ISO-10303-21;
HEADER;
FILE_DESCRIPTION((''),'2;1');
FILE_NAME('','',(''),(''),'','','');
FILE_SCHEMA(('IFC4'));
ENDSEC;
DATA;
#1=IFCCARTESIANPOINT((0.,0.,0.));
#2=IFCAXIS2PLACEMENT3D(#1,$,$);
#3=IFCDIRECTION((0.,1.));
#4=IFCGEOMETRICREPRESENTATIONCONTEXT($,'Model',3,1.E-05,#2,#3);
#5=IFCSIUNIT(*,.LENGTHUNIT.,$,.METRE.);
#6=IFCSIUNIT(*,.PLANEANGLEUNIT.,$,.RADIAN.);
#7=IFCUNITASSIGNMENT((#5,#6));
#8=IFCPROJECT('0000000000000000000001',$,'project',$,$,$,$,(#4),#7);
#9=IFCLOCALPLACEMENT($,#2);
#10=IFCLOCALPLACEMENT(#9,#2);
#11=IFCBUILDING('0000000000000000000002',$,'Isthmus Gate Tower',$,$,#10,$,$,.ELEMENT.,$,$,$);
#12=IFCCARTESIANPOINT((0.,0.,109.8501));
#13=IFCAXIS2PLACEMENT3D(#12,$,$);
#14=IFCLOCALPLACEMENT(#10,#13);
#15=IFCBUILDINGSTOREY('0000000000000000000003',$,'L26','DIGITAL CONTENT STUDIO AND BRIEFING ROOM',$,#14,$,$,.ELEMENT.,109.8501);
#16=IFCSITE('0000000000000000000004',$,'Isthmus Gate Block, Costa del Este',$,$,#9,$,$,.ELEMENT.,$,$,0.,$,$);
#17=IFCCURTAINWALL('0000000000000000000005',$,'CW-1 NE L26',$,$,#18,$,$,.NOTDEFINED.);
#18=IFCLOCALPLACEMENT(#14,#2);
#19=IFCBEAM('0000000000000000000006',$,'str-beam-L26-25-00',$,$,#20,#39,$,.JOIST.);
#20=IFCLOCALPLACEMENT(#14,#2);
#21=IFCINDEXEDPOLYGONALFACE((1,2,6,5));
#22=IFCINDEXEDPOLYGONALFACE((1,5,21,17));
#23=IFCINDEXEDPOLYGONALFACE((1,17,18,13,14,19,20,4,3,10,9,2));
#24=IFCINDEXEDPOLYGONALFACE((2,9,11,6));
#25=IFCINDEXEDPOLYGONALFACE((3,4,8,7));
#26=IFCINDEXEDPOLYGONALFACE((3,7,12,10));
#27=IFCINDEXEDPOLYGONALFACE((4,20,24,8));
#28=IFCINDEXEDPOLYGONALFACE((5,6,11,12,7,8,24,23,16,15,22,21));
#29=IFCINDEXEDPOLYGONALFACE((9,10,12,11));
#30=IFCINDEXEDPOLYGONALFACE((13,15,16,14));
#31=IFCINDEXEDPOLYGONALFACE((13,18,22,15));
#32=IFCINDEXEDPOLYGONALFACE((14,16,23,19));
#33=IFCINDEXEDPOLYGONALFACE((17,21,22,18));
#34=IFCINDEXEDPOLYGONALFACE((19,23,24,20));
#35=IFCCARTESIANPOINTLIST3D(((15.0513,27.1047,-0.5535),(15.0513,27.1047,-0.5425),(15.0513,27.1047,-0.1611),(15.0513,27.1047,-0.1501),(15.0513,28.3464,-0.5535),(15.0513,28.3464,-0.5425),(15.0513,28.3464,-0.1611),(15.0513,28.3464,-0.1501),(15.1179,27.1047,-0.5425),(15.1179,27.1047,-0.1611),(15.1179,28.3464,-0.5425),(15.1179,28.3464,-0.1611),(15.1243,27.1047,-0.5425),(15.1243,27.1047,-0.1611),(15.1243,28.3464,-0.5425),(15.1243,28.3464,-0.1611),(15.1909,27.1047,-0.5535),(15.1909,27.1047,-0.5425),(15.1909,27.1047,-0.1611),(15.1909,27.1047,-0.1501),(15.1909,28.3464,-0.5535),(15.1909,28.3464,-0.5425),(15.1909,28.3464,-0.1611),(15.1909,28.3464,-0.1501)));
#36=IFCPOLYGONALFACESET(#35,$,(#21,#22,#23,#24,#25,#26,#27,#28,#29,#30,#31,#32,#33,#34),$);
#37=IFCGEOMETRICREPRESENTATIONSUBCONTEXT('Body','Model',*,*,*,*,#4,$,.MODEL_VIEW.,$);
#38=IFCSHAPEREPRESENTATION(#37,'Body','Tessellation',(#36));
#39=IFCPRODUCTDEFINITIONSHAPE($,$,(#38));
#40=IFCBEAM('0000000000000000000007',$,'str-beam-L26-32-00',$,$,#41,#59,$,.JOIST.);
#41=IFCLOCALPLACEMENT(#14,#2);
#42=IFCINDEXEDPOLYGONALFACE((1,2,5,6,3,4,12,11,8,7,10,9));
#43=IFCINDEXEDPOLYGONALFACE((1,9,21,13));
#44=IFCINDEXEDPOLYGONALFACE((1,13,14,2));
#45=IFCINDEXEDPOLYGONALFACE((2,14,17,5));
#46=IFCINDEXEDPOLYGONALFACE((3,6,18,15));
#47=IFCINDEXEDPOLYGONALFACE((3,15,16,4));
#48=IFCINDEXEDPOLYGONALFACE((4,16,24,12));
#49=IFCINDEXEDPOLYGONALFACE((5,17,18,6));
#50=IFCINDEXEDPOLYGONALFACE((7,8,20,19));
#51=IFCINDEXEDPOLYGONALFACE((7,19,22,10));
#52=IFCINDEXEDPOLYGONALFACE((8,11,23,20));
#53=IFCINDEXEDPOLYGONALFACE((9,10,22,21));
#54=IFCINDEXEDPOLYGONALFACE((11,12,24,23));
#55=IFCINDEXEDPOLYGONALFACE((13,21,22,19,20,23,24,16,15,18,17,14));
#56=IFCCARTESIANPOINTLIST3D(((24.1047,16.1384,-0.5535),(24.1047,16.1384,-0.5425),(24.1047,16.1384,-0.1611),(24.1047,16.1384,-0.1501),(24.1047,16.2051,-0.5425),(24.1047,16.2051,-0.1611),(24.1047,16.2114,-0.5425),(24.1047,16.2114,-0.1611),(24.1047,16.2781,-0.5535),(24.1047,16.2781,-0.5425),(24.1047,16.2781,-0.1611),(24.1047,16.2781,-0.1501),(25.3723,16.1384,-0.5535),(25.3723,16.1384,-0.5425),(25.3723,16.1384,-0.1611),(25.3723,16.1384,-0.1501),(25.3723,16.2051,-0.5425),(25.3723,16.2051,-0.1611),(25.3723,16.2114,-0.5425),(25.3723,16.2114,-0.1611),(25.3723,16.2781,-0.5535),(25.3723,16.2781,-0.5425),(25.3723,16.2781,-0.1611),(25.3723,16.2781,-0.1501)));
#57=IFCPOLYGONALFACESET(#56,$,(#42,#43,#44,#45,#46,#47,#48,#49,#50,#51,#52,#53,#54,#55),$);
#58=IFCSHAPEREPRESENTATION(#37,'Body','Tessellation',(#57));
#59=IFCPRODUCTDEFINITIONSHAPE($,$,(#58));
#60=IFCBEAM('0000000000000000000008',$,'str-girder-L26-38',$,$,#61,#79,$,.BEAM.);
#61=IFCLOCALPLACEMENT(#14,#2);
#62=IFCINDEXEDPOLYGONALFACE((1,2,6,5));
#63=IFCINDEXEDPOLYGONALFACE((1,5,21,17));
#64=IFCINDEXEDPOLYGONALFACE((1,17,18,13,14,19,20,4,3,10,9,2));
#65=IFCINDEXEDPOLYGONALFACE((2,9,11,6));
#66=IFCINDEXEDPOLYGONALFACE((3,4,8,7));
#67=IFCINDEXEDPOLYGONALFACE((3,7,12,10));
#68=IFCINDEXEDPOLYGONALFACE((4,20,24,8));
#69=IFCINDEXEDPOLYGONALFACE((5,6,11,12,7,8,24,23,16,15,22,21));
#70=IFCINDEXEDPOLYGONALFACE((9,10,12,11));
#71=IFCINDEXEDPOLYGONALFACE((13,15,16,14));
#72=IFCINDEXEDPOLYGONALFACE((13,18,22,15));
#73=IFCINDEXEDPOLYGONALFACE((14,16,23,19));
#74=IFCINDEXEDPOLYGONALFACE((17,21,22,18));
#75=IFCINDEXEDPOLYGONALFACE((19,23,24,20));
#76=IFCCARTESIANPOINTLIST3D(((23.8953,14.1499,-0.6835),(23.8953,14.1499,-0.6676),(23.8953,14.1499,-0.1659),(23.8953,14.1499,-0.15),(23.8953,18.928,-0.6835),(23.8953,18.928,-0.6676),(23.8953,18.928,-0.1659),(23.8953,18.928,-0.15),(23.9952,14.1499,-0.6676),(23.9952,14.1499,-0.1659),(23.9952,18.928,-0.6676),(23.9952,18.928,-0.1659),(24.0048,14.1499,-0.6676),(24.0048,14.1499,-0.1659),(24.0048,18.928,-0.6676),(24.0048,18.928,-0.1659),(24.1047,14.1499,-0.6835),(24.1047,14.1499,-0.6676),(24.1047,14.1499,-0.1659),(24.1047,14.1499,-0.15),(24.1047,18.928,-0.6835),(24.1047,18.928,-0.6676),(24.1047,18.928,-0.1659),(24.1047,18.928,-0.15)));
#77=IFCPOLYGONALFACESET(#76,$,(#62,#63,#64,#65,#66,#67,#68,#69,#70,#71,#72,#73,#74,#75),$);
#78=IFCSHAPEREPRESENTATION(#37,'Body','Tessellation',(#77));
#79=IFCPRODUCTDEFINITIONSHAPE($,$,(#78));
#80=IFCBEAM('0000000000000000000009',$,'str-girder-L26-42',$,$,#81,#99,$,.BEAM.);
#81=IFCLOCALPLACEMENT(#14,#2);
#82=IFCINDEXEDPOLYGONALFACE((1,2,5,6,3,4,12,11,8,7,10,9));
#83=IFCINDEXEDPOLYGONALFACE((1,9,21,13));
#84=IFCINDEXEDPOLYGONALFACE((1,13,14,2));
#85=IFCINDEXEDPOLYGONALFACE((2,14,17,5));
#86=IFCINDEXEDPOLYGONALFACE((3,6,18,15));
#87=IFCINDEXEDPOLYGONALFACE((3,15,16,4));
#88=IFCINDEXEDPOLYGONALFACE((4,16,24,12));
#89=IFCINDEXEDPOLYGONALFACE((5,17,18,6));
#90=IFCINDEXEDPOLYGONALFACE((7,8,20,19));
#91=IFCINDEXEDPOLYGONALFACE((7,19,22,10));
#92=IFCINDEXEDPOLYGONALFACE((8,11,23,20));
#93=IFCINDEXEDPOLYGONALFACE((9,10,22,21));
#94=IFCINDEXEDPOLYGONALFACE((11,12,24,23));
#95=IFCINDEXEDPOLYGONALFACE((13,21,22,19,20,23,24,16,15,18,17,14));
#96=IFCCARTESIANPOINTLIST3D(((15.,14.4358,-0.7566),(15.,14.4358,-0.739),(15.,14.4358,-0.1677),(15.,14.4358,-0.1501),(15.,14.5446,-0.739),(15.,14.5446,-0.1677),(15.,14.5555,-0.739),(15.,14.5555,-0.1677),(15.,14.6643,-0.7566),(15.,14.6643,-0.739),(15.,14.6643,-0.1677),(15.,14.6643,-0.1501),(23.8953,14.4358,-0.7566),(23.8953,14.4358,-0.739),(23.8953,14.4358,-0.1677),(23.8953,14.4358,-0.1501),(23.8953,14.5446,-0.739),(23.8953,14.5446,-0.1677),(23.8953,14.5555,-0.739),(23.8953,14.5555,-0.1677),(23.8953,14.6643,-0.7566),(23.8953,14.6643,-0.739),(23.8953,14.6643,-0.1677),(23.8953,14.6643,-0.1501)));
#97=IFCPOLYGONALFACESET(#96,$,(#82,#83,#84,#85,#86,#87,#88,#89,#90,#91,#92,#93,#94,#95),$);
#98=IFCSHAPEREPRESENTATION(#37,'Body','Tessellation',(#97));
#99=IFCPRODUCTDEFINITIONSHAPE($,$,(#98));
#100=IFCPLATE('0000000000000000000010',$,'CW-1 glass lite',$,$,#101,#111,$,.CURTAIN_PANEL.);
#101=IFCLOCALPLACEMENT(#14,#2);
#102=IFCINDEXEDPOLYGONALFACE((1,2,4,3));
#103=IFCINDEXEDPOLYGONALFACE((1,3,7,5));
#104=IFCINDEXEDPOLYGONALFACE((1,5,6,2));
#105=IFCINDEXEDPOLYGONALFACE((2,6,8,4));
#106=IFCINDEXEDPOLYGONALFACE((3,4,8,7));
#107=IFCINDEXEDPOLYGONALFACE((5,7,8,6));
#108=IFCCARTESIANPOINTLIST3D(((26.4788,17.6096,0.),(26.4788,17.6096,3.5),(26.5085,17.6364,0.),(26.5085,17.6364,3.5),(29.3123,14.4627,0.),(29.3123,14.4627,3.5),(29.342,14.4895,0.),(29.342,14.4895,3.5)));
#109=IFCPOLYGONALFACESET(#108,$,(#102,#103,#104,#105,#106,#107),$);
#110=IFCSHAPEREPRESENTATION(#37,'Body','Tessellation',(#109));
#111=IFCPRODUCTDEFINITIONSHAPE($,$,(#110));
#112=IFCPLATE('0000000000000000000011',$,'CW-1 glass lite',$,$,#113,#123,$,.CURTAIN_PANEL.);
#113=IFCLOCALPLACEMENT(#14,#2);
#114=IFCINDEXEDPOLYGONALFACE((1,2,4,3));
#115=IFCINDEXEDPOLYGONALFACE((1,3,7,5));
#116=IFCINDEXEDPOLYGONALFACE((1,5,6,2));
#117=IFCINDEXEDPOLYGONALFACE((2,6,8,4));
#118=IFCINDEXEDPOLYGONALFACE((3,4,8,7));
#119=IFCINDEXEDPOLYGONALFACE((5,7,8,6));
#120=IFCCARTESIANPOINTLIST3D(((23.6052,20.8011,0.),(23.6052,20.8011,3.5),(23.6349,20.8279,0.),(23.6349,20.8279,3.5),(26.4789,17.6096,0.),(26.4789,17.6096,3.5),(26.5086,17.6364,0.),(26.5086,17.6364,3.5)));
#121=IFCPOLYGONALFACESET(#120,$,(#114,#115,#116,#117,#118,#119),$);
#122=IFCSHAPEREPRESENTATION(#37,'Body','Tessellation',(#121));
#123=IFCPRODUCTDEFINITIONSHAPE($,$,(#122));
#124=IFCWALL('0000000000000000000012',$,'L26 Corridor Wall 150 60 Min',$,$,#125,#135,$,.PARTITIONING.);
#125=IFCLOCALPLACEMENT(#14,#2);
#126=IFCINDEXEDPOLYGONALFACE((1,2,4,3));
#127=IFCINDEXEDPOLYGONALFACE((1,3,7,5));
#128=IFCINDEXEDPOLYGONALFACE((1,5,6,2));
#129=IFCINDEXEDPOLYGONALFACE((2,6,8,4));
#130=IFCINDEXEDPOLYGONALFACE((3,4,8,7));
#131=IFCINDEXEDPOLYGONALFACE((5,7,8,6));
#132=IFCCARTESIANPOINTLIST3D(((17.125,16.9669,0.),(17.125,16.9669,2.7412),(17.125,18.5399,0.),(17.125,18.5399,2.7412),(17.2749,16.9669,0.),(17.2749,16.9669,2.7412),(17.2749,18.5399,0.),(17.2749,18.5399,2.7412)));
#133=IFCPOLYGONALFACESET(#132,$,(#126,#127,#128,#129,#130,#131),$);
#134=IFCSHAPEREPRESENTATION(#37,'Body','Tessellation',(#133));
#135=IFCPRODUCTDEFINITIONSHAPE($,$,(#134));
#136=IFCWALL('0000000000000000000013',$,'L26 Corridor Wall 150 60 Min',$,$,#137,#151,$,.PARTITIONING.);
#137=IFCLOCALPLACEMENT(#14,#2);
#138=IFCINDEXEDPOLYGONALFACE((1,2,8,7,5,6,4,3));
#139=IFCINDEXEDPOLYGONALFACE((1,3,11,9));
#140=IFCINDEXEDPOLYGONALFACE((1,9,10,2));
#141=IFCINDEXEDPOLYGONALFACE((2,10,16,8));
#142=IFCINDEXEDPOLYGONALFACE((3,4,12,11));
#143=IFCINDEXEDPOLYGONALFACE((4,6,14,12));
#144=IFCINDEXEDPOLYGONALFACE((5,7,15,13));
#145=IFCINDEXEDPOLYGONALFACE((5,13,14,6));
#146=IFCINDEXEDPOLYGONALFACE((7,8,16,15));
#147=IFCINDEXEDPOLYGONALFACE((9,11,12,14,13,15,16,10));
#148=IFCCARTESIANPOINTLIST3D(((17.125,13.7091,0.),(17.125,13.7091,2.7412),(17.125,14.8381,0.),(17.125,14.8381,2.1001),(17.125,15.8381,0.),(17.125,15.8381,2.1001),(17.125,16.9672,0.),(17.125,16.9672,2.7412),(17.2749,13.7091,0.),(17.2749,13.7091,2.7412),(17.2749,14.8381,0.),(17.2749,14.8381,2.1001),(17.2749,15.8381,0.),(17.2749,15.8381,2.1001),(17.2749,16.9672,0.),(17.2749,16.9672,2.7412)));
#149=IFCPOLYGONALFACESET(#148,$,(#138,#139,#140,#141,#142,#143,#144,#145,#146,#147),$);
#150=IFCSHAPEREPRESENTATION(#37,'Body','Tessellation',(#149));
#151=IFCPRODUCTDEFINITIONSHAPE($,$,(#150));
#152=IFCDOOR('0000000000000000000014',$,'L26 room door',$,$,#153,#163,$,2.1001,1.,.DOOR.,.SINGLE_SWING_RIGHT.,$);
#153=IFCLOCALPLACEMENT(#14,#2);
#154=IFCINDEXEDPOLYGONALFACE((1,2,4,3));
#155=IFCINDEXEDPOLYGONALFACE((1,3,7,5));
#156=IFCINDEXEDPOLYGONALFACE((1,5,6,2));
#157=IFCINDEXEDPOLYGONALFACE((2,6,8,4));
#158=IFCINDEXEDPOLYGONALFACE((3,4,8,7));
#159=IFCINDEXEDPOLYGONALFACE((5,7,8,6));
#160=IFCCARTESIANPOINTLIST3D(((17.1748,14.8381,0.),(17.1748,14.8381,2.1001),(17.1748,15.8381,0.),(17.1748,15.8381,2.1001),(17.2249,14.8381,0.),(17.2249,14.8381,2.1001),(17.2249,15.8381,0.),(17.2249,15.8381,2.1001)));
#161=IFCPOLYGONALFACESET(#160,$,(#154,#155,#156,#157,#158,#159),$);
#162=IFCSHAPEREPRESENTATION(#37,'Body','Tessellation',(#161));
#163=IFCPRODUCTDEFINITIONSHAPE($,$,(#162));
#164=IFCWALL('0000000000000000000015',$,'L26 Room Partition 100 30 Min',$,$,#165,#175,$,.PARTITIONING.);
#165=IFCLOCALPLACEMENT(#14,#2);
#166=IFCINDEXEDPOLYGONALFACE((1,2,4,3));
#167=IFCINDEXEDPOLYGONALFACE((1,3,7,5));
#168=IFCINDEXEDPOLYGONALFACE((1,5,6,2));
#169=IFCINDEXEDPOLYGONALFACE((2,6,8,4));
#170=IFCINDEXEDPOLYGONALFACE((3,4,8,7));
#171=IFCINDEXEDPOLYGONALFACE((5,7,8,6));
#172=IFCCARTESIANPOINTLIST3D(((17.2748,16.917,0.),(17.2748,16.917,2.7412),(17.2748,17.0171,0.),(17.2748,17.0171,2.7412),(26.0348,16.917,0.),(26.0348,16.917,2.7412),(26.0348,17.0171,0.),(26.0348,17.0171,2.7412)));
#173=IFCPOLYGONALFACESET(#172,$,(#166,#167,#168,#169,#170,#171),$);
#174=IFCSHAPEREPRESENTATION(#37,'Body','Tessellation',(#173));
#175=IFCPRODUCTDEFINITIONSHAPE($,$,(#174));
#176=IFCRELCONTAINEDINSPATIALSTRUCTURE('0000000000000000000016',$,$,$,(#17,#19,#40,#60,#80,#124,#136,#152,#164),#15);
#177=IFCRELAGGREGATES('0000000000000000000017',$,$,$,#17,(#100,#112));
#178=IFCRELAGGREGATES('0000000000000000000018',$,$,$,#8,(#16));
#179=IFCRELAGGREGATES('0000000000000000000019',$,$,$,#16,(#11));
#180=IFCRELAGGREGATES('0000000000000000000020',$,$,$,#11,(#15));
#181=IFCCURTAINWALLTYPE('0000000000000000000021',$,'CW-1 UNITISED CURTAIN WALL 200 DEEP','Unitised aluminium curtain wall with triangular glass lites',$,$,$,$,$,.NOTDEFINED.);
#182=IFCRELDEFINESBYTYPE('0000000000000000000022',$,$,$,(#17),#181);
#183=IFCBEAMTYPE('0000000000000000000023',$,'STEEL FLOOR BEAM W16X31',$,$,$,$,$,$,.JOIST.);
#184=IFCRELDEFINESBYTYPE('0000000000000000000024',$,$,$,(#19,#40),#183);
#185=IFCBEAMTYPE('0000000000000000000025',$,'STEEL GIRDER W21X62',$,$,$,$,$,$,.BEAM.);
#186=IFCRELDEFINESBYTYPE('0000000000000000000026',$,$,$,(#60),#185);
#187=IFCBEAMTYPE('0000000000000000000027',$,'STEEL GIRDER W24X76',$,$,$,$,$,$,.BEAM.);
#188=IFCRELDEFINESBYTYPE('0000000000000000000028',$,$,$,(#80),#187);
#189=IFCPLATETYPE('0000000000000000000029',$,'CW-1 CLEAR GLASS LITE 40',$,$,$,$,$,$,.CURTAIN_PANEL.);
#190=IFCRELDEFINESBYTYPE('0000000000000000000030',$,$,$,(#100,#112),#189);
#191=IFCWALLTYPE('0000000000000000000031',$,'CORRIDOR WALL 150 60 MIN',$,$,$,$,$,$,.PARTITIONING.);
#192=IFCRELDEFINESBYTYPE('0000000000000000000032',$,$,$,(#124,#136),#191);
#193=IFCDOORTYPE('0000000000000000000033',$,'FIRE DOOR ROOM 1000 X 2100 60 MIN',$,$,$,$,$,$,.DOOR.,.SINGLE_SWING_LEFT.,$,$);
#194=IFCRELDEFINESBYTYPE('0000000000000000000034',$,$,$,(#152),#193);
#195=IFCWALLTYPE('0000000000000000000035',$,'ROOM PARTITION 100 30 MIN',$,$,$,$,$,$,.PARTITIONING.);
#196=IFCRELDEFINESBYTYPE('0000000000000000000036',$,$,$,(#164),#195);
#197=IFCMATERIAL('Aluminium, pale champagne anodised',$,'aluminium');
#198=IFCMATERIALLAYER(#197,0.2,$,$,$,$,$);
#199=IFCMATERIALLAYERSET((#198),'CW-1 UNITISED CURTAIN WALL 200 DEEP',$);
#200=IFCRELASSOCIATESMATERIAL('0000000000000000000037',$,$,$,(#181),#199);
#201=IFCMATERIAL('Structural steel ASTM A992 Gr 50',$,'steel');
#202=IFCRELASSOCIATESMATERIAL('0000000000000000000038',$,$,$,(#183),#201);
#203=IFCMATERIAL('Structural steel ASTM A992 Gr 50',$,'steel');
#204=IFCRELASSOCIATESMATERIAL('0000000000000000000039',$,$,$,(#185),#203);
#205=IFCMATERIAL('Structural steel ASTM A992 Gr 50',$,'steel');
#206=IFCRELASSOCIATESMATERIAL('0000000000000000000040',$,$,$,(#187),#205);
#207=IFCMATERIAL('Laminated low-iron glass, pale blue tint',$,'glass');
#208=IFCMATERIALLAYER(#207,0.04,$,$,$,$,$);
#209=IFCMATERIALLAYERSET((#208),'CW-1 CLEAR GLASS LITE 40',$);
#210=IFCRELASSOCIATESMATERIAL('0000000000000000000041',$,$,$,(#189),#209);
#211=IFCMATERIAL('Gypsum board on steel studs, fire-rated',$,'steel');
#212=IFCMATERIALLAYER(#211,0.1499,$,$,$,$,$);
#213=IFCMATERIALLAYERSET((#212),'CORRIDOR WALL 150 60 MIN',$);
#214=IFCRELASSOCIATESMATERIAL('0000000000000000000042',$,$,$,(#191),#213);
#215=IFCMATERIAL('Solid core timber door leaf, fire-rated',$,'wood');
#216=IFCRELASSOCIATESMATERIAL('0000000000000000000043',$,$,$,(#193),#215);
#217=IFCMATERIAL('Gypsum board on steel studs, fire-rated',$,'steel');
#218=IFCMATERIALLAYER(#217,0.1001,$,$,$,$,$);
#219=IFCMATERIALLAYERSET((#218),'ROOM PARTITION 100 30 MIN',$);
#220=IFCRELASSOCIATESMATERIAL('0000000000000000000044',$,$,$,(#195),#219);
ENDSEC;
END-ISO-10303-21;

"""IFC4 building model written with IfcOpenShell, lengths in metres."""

from ifc_helpers import new_model, si_unit, direction, frame, frame_2d, origin, origin_2d, place, context, subcontext, project, spatial, rectangle, i_section, extrude, material, layer, layer_set, material_profile, profile_set, type_object, element, fill, aggregate, save


model = new_model("IFC4")

# Units and contexts
model_context = context("Model", 3, precision=1e-05, world=origin(), true_north=direction((0.0, 1.0)))
body_context = subcontext(model_context, "Body", "Model", "MODEL_VIEW")
ifc_project = project(units=[si_unit("LENGTHUNIT", "METRE"), si_unit("PLANEANGLEUNIT", "RADIAN")], contexts=[model_context])

# Site, building, storey
site_placement = place(None, origin())
site = spatial("IfcSite", under=ifc_project, at=site_placement, Name="Isthmus Gate Block, Costa del Este", CompositionType="ELEMENT", RefElevation=0.0)
building_placement = place(site_placement, origin())
building = spatial("IfcBuilding", under=site, at=building_placement, Name="Isthmus Gate Tower", CompositionType="ELEMENT")
storey_placement = place(building_placement, frame((0.0, 0.0, 109.8501)))
storey = spatial("IfcBuildingStorey", under=building, at=storey_placement, Name="L26", Description="DIGITAL CONTENT STUDIO AND BRIEFING ROOM", CompositionType="ELEMENT", Elevation=109.8501)

# Curtain wall
ifc_material_1 = material(Name="Aluminium, pale champagne anodised", Category="aluminium")
ifc_layer_1 = layer(ifc_material_1, 0.2)
ifc_layer_set_1 = layer_set([ifc_layer_1], Name="CW-1 UNITISED CURTAIN WALL 200 DEEP")
curtain_wall_type = type_object("IfcCurtainWallType", Name="CW-1 UNITISED CURTAIN WALL 200 DEEP", Description="Unitised aluminium curtain wall with triangular glass lites", PredefinedType="NOTDEFINED", material=ifc_layer_set_1)
curtain_wall_1_placement = place(storey_placement, origin())
curtain_wall_1 = element("IfcCurtainWall", 1, at=curtain_wall_1_placement, inside=storey, type_object=curtain_wall_type, Name="CW-1 NE L26", PredefinedType="NOTDEFINED")

# Beams
ifc_material_2 = material(Name="Structural steel ASTM A992 Gr 50", Category="steel")
ifc_material_profile_1 = material_profile(ifc_material_2, i_section(OverallWidth=0.1396, OverallDepth=0.4033, WebThickness=0.0063, FlangeThickness=0.011, at=origin_2d()), Name="W16X31")
ifc_profile_set_1 = profile_set([ifc_material_profile_1], Name="Structural steel ASTM A992 Gr 50")
beam_type_1 = type_object("IfcBeamType", Name="STEEL FLOOR BEAM W16X31", PredefinedType="JOIST", material=ifc_profile_set_1)
beam_1_placement = place(storey_placement, frame((15.1211, 27.1047, -0.3518), z_axis=(0.0, 1.0, 0.0), x_axis=(-1.0, 0.0, 0.0)))
element("IfcBeam", 2, at=beam_1_placement, inside=storey, type_object=beam_type_1, Name="str-beam-L26-25-00", PredefinedType="JOIST", context=body_context, shape_type="SweptSolid", body=[
    extrude(i_section(OverallWidth=0.1396, OverallDepth=0.4033, WebThickness=0.0063, FlangeThickness=0.011, at=origin_2d()), origin(), (0.0, 0.0, 1.0), 1.2417),
])
beam_2_placement = place(storey_placement, frame((24.1047, 16.2083, -0.3518), z_axis=(1.0, 0.0, 0.0), x_axis=(0.0, 1.0, 0.0)))
element("IfcBeam", 3, at=beam_2_placement, inside=storey, type_object=beam_type_1, Name="str-beam-L26-32-00", PredefinedType="JOIST", context=body_context, shape_type="SweptSolid", body=[
    extrude(i_section(OverallWidth=0.1396, OverallDepth=0.4033, WebThickness=0.0063, FlangeThickness=0.011, at=origin_2d()), origin(), (0.0, 0.0, 1.0), 1.2676),
])
ifc_material_3 = material(Name="Structural steel ASTM A992 Gr 50", Category="steel")
ifc_material_profile_2 = material_profile(ifc_material_3, i_section(OverallWidth=0.2095, OverallDepth=0.5334, WebThickness=0.0095, FlangeThickness=0.0159, at=origin_2d()), Name="W21X62")
ifc_profile_set_2 = profile_set([ifc_material_profile_2], Name="Structural steel ASTM A992 Gr 50")
beam_type_2 = type_object("IfcBeamType", Name="STEEL GIRDER W21X62", PredefinedType="BEAM", material=ifc_profile_set_2)
beam_3_placement = place(storey_placement, frame((24.0, 14.1499, -0.4167), z_axis=(0.0, 1.0, 0.0), x_axis=(-1.0, 0.0, 0.0)))
element("IfcBeam", 4, at=beam_3_placement, inside=storey, type_object=beam_type_2, Name="str-girder-L26-38", PredefinedType="BEAM", context=body_context, shape_type="SweptSolid", body=[
    extrude(i_section(OverallWidth=0.2095, OverallDepth=0.5334, WebThickness=0.0095, FlangeThickness=0.0159, at=origin_2d()), origin(), (0.0, 0.0, 1.0), 4.7781),
])
ifc_material_4 = material(Name="Structural steel ASTM A992 Gr 50", Category="steel")
ifc_material_profile_3 = material_profile(ifc_material_4, i_section(OverallWidth=0.2285, OverallDepth=0.6064, WebThickness=0.011, FlangeThickness=0.0176, at=origin_2d()), Name="W24X76")
ifc_profile_set_3 = profile_set([ifc_material_profile_3], Name="Structural steel ASTM A992 Gr 50")
beam_type_3 = type_object("IfcBeamType", Name="STEEL GIRDER W24X76", PredefinedType="BEAM", material=ifc_profile_set_3)
beam_4_placement = place(storey_placement, frame((15.0, 14.55, -0.4534), z_axis=(1.0, 0.0, 0.0), x_axis=(0.0, 1.0, 0.0)))
element("IfcBeam", 5, at=beam_4_placement, inside=storey, type_object=beam_type_3, Name="str-girder-L26-42", PredefinedType="BEAM", context=body_context, shape_type="SweptSolid", body=[
    extrude(i_section(OverallWidth=0.2285, OverallDepth=0.6064, WebThickness=0.011, FlangeThickness=0.0176, at=origin_2d()), origin(), (0.0, 0.0, 1.0), 8.8953),
])

# Plates
ifc_material_5 = material(Name="Laminated low-iron glass, pale blue tint", Category="glass")
ifc_layer_2 = layer(ifc_material_5, 0.04)
ifc_layer_set_2 = layer_set([ifc_layer_2], Name="CW-1 CLEAR GLASS LITE 40")
plate_type = type_object("IfcPlateType", Name="CW-1 CLEAR GLASS LITE 40", PredefinedType="CURTAIN_PANEL", material=ifc_layer_set_2)
plate_1_placement = place(storey_placement, frame((27.9104, 16.0496, 0.0), z_axis=(0.0, 0.0, 1.0), x_axis=(-0.669131, 0.743145, 0.0)))
plate_1 = element("IfcPlate", 6, at=plate_1_placement, type_object=plate_type, Name="CW-1 glass lite", PredefinedType="CURTAIN_PANEL", context=body_context, shape_type="SweptSolid", body=[
    extrude(rectangle(XDim=4.2346, YDim=0.04, at=origin_2d()), origin(), (0.0, 0.0, 1.0), 3.5),
])
plate_2_placement = place(storey_placement, frame((25.0569, 19.2188, 0.0), z_axis=(0.0, 0.0, 1.0), x_axis=(-0.669131, 0.743145, 0.0)))
plate_2 = element("IfcPlate", 7, at=plate_2_placement, type_object=plate_type, Name="CW-1 glass lite", PredefinedType="CURTAIN_PANEL", context=body_context, shape_type="SweptSolid", body=[
    extrude(rectangle(XDim=4.2947, YDim=0.04, at=origin_2d()), origin(), (0.0, 0.0, 1.0), 3.5),
])

# Wall
ifc_material_6 = material(Name="Gypsum board on steel studs, fire-rated", Category="steel")
ifc_layer_3 = layer(ifc_material_6, 0.1499)
ifc_layer_set_3 = layer_set([ifc_layer_3], Name="CORRIDOR WALL 150 60 MIN")
wall_type_1 = type_object("IfcWallType", Name="CORRIDOR WALL 150 60 MIN", PredefinedType="PARTITIONING", material=ifc_layer_set_3)
wall_1_placement = place(storey_placement, frame((17.2, 18.54, 0.0), z_axis=(0.0, 0.0, 1.0), x_axis=(0.0, -1.0, 0.0)))
element("IfcWall", 8, at=wall_1_placement, inside=storey, type_object=wall_type_1, Name="L26 Corridor Wall 150 60 Min", PredefinedType="PARTITIONING", context=body_context, shape_type="SweptSolid", body=[
    extrude(rectangle(XDim=1.573, YDim=0.1499, at=frame_2d((0.7866, 0.0))), origin(), (0.0, 0.0, 1.0), 2.7412),
])

# Wall, opening, door
wall_2_placement = place(storey_placement, frame((17.2, 16.967, 0.0), z_axis=(0.0, 0.0, 1.0), x_axis=(0.0, -1.0, 0.0)))
wall_2 = element("IfcWall", 9, at=wall_2_placement, inside=storey, type_object=wall_type_1, Name="L26 Corridor Wall 150 60 Min", PredefinedType="PARTITIONING", context=body_context, shape_type="SweptSolid", body=[
    extrude(rectangle(XDim=3.2581, YDim=0.1499, at=frame_2d((1.6289, 0.0))), origin(), (0.0, 0.0, 1.0), 2.7412),
])
opening_placement = place(wall_2_placement, frame((1.1289, 0.0, 0.0)))
opening = element("IfcOpeningElement", 10, at=opening_placement, cuts=wall_2, PredefinedType="OPENING", context=body_context, shape_type="SweptSolid", body=[
    extrude(rectangle(XDim=1.0, YDim=2.1001, at=frame_2d((0.5, 1.05))), frame((0.0, 0.085, 0.0), z_axis=(0.0, -1.0, 0.0), x_axis=(1.0, 0.0, 0.0)), (0.0, 0.0, 1.0), 0.1699),
])
ifc_material_7 = material(Name="Solid core timber door leaf, fire-rated", Category="wood")
door_type = type_object("IfcDoorType", Name="FIRE DOOR ROOM 1000 X 2100 60 MIN", OperationType="SINGLE_SWING_LEFT", PredefinedType="DOOR", material=ifc_material_7)
door_placement = place(opening_placement, origin())
door = element("IfcDoor", 11, at=door_placement, inside=storey, type_object=door_type, Name="L26 room door", OperationType="SINGLE_SWING_RIGHT", OverallHeight=2.1001, OverallWidth=1.0, PredefinedType="DOOR", context=body_context, shape_type="SweptSolid", body=[
    extrude(rectangle(XDim=1.0, YDim=2.1001, at=frame_2d((0.5, 1.05))), frame((0.0, 0.0249, 0.0), z_axis=(0.0, -1.0, 0.0), x_axis=(1.0, 0.0, 0.0)), (0.0, 0.0, 1.0), 0.05),
])
fill(opening, door)

# Wall
ifc_material_8 = material(Name="Gypsum board on steel studs, fire-rated", Category="steel")
ifc_layer_4 = layer(ifc_material_8, 0.1001)
ifc_layer_set_4 = layer_set([ifc_layer_4], Name="ROOM PARTITION 100 30 MIN")
wall_type_2 = type_object("IfcWallType", Name="ROOM PARTITION 100 30 MIN", PredefinedType="PARTITIONING", material=ifc_layer_set_4)
wall_3_placement = place(storey_placement, frame((17.2749, 16.967, 0.0), z_axis=(0.0, 0.0, 1.0), x_axis=(1.0, 0.0, 0.0)))
element("IfcWall", 12, at=wall_3_placement, inside=storey, type_object=wall_type_2, Name="L26 Room Partition 100 30 Min", PredefinedType="PARTITIONING", context=body_context, shape_type="SweptSolid", body=[
    extrude(rectangle(XDim=8.76, YDim=0.1001, at=frame_2d((4.3799, 0.0))), origin(), (0.0, 0.0, 1.0), 2.7412),
])

aggregate(curtain_wall_1, [plate_1, plate_2])

save(model, "model.ifc")
